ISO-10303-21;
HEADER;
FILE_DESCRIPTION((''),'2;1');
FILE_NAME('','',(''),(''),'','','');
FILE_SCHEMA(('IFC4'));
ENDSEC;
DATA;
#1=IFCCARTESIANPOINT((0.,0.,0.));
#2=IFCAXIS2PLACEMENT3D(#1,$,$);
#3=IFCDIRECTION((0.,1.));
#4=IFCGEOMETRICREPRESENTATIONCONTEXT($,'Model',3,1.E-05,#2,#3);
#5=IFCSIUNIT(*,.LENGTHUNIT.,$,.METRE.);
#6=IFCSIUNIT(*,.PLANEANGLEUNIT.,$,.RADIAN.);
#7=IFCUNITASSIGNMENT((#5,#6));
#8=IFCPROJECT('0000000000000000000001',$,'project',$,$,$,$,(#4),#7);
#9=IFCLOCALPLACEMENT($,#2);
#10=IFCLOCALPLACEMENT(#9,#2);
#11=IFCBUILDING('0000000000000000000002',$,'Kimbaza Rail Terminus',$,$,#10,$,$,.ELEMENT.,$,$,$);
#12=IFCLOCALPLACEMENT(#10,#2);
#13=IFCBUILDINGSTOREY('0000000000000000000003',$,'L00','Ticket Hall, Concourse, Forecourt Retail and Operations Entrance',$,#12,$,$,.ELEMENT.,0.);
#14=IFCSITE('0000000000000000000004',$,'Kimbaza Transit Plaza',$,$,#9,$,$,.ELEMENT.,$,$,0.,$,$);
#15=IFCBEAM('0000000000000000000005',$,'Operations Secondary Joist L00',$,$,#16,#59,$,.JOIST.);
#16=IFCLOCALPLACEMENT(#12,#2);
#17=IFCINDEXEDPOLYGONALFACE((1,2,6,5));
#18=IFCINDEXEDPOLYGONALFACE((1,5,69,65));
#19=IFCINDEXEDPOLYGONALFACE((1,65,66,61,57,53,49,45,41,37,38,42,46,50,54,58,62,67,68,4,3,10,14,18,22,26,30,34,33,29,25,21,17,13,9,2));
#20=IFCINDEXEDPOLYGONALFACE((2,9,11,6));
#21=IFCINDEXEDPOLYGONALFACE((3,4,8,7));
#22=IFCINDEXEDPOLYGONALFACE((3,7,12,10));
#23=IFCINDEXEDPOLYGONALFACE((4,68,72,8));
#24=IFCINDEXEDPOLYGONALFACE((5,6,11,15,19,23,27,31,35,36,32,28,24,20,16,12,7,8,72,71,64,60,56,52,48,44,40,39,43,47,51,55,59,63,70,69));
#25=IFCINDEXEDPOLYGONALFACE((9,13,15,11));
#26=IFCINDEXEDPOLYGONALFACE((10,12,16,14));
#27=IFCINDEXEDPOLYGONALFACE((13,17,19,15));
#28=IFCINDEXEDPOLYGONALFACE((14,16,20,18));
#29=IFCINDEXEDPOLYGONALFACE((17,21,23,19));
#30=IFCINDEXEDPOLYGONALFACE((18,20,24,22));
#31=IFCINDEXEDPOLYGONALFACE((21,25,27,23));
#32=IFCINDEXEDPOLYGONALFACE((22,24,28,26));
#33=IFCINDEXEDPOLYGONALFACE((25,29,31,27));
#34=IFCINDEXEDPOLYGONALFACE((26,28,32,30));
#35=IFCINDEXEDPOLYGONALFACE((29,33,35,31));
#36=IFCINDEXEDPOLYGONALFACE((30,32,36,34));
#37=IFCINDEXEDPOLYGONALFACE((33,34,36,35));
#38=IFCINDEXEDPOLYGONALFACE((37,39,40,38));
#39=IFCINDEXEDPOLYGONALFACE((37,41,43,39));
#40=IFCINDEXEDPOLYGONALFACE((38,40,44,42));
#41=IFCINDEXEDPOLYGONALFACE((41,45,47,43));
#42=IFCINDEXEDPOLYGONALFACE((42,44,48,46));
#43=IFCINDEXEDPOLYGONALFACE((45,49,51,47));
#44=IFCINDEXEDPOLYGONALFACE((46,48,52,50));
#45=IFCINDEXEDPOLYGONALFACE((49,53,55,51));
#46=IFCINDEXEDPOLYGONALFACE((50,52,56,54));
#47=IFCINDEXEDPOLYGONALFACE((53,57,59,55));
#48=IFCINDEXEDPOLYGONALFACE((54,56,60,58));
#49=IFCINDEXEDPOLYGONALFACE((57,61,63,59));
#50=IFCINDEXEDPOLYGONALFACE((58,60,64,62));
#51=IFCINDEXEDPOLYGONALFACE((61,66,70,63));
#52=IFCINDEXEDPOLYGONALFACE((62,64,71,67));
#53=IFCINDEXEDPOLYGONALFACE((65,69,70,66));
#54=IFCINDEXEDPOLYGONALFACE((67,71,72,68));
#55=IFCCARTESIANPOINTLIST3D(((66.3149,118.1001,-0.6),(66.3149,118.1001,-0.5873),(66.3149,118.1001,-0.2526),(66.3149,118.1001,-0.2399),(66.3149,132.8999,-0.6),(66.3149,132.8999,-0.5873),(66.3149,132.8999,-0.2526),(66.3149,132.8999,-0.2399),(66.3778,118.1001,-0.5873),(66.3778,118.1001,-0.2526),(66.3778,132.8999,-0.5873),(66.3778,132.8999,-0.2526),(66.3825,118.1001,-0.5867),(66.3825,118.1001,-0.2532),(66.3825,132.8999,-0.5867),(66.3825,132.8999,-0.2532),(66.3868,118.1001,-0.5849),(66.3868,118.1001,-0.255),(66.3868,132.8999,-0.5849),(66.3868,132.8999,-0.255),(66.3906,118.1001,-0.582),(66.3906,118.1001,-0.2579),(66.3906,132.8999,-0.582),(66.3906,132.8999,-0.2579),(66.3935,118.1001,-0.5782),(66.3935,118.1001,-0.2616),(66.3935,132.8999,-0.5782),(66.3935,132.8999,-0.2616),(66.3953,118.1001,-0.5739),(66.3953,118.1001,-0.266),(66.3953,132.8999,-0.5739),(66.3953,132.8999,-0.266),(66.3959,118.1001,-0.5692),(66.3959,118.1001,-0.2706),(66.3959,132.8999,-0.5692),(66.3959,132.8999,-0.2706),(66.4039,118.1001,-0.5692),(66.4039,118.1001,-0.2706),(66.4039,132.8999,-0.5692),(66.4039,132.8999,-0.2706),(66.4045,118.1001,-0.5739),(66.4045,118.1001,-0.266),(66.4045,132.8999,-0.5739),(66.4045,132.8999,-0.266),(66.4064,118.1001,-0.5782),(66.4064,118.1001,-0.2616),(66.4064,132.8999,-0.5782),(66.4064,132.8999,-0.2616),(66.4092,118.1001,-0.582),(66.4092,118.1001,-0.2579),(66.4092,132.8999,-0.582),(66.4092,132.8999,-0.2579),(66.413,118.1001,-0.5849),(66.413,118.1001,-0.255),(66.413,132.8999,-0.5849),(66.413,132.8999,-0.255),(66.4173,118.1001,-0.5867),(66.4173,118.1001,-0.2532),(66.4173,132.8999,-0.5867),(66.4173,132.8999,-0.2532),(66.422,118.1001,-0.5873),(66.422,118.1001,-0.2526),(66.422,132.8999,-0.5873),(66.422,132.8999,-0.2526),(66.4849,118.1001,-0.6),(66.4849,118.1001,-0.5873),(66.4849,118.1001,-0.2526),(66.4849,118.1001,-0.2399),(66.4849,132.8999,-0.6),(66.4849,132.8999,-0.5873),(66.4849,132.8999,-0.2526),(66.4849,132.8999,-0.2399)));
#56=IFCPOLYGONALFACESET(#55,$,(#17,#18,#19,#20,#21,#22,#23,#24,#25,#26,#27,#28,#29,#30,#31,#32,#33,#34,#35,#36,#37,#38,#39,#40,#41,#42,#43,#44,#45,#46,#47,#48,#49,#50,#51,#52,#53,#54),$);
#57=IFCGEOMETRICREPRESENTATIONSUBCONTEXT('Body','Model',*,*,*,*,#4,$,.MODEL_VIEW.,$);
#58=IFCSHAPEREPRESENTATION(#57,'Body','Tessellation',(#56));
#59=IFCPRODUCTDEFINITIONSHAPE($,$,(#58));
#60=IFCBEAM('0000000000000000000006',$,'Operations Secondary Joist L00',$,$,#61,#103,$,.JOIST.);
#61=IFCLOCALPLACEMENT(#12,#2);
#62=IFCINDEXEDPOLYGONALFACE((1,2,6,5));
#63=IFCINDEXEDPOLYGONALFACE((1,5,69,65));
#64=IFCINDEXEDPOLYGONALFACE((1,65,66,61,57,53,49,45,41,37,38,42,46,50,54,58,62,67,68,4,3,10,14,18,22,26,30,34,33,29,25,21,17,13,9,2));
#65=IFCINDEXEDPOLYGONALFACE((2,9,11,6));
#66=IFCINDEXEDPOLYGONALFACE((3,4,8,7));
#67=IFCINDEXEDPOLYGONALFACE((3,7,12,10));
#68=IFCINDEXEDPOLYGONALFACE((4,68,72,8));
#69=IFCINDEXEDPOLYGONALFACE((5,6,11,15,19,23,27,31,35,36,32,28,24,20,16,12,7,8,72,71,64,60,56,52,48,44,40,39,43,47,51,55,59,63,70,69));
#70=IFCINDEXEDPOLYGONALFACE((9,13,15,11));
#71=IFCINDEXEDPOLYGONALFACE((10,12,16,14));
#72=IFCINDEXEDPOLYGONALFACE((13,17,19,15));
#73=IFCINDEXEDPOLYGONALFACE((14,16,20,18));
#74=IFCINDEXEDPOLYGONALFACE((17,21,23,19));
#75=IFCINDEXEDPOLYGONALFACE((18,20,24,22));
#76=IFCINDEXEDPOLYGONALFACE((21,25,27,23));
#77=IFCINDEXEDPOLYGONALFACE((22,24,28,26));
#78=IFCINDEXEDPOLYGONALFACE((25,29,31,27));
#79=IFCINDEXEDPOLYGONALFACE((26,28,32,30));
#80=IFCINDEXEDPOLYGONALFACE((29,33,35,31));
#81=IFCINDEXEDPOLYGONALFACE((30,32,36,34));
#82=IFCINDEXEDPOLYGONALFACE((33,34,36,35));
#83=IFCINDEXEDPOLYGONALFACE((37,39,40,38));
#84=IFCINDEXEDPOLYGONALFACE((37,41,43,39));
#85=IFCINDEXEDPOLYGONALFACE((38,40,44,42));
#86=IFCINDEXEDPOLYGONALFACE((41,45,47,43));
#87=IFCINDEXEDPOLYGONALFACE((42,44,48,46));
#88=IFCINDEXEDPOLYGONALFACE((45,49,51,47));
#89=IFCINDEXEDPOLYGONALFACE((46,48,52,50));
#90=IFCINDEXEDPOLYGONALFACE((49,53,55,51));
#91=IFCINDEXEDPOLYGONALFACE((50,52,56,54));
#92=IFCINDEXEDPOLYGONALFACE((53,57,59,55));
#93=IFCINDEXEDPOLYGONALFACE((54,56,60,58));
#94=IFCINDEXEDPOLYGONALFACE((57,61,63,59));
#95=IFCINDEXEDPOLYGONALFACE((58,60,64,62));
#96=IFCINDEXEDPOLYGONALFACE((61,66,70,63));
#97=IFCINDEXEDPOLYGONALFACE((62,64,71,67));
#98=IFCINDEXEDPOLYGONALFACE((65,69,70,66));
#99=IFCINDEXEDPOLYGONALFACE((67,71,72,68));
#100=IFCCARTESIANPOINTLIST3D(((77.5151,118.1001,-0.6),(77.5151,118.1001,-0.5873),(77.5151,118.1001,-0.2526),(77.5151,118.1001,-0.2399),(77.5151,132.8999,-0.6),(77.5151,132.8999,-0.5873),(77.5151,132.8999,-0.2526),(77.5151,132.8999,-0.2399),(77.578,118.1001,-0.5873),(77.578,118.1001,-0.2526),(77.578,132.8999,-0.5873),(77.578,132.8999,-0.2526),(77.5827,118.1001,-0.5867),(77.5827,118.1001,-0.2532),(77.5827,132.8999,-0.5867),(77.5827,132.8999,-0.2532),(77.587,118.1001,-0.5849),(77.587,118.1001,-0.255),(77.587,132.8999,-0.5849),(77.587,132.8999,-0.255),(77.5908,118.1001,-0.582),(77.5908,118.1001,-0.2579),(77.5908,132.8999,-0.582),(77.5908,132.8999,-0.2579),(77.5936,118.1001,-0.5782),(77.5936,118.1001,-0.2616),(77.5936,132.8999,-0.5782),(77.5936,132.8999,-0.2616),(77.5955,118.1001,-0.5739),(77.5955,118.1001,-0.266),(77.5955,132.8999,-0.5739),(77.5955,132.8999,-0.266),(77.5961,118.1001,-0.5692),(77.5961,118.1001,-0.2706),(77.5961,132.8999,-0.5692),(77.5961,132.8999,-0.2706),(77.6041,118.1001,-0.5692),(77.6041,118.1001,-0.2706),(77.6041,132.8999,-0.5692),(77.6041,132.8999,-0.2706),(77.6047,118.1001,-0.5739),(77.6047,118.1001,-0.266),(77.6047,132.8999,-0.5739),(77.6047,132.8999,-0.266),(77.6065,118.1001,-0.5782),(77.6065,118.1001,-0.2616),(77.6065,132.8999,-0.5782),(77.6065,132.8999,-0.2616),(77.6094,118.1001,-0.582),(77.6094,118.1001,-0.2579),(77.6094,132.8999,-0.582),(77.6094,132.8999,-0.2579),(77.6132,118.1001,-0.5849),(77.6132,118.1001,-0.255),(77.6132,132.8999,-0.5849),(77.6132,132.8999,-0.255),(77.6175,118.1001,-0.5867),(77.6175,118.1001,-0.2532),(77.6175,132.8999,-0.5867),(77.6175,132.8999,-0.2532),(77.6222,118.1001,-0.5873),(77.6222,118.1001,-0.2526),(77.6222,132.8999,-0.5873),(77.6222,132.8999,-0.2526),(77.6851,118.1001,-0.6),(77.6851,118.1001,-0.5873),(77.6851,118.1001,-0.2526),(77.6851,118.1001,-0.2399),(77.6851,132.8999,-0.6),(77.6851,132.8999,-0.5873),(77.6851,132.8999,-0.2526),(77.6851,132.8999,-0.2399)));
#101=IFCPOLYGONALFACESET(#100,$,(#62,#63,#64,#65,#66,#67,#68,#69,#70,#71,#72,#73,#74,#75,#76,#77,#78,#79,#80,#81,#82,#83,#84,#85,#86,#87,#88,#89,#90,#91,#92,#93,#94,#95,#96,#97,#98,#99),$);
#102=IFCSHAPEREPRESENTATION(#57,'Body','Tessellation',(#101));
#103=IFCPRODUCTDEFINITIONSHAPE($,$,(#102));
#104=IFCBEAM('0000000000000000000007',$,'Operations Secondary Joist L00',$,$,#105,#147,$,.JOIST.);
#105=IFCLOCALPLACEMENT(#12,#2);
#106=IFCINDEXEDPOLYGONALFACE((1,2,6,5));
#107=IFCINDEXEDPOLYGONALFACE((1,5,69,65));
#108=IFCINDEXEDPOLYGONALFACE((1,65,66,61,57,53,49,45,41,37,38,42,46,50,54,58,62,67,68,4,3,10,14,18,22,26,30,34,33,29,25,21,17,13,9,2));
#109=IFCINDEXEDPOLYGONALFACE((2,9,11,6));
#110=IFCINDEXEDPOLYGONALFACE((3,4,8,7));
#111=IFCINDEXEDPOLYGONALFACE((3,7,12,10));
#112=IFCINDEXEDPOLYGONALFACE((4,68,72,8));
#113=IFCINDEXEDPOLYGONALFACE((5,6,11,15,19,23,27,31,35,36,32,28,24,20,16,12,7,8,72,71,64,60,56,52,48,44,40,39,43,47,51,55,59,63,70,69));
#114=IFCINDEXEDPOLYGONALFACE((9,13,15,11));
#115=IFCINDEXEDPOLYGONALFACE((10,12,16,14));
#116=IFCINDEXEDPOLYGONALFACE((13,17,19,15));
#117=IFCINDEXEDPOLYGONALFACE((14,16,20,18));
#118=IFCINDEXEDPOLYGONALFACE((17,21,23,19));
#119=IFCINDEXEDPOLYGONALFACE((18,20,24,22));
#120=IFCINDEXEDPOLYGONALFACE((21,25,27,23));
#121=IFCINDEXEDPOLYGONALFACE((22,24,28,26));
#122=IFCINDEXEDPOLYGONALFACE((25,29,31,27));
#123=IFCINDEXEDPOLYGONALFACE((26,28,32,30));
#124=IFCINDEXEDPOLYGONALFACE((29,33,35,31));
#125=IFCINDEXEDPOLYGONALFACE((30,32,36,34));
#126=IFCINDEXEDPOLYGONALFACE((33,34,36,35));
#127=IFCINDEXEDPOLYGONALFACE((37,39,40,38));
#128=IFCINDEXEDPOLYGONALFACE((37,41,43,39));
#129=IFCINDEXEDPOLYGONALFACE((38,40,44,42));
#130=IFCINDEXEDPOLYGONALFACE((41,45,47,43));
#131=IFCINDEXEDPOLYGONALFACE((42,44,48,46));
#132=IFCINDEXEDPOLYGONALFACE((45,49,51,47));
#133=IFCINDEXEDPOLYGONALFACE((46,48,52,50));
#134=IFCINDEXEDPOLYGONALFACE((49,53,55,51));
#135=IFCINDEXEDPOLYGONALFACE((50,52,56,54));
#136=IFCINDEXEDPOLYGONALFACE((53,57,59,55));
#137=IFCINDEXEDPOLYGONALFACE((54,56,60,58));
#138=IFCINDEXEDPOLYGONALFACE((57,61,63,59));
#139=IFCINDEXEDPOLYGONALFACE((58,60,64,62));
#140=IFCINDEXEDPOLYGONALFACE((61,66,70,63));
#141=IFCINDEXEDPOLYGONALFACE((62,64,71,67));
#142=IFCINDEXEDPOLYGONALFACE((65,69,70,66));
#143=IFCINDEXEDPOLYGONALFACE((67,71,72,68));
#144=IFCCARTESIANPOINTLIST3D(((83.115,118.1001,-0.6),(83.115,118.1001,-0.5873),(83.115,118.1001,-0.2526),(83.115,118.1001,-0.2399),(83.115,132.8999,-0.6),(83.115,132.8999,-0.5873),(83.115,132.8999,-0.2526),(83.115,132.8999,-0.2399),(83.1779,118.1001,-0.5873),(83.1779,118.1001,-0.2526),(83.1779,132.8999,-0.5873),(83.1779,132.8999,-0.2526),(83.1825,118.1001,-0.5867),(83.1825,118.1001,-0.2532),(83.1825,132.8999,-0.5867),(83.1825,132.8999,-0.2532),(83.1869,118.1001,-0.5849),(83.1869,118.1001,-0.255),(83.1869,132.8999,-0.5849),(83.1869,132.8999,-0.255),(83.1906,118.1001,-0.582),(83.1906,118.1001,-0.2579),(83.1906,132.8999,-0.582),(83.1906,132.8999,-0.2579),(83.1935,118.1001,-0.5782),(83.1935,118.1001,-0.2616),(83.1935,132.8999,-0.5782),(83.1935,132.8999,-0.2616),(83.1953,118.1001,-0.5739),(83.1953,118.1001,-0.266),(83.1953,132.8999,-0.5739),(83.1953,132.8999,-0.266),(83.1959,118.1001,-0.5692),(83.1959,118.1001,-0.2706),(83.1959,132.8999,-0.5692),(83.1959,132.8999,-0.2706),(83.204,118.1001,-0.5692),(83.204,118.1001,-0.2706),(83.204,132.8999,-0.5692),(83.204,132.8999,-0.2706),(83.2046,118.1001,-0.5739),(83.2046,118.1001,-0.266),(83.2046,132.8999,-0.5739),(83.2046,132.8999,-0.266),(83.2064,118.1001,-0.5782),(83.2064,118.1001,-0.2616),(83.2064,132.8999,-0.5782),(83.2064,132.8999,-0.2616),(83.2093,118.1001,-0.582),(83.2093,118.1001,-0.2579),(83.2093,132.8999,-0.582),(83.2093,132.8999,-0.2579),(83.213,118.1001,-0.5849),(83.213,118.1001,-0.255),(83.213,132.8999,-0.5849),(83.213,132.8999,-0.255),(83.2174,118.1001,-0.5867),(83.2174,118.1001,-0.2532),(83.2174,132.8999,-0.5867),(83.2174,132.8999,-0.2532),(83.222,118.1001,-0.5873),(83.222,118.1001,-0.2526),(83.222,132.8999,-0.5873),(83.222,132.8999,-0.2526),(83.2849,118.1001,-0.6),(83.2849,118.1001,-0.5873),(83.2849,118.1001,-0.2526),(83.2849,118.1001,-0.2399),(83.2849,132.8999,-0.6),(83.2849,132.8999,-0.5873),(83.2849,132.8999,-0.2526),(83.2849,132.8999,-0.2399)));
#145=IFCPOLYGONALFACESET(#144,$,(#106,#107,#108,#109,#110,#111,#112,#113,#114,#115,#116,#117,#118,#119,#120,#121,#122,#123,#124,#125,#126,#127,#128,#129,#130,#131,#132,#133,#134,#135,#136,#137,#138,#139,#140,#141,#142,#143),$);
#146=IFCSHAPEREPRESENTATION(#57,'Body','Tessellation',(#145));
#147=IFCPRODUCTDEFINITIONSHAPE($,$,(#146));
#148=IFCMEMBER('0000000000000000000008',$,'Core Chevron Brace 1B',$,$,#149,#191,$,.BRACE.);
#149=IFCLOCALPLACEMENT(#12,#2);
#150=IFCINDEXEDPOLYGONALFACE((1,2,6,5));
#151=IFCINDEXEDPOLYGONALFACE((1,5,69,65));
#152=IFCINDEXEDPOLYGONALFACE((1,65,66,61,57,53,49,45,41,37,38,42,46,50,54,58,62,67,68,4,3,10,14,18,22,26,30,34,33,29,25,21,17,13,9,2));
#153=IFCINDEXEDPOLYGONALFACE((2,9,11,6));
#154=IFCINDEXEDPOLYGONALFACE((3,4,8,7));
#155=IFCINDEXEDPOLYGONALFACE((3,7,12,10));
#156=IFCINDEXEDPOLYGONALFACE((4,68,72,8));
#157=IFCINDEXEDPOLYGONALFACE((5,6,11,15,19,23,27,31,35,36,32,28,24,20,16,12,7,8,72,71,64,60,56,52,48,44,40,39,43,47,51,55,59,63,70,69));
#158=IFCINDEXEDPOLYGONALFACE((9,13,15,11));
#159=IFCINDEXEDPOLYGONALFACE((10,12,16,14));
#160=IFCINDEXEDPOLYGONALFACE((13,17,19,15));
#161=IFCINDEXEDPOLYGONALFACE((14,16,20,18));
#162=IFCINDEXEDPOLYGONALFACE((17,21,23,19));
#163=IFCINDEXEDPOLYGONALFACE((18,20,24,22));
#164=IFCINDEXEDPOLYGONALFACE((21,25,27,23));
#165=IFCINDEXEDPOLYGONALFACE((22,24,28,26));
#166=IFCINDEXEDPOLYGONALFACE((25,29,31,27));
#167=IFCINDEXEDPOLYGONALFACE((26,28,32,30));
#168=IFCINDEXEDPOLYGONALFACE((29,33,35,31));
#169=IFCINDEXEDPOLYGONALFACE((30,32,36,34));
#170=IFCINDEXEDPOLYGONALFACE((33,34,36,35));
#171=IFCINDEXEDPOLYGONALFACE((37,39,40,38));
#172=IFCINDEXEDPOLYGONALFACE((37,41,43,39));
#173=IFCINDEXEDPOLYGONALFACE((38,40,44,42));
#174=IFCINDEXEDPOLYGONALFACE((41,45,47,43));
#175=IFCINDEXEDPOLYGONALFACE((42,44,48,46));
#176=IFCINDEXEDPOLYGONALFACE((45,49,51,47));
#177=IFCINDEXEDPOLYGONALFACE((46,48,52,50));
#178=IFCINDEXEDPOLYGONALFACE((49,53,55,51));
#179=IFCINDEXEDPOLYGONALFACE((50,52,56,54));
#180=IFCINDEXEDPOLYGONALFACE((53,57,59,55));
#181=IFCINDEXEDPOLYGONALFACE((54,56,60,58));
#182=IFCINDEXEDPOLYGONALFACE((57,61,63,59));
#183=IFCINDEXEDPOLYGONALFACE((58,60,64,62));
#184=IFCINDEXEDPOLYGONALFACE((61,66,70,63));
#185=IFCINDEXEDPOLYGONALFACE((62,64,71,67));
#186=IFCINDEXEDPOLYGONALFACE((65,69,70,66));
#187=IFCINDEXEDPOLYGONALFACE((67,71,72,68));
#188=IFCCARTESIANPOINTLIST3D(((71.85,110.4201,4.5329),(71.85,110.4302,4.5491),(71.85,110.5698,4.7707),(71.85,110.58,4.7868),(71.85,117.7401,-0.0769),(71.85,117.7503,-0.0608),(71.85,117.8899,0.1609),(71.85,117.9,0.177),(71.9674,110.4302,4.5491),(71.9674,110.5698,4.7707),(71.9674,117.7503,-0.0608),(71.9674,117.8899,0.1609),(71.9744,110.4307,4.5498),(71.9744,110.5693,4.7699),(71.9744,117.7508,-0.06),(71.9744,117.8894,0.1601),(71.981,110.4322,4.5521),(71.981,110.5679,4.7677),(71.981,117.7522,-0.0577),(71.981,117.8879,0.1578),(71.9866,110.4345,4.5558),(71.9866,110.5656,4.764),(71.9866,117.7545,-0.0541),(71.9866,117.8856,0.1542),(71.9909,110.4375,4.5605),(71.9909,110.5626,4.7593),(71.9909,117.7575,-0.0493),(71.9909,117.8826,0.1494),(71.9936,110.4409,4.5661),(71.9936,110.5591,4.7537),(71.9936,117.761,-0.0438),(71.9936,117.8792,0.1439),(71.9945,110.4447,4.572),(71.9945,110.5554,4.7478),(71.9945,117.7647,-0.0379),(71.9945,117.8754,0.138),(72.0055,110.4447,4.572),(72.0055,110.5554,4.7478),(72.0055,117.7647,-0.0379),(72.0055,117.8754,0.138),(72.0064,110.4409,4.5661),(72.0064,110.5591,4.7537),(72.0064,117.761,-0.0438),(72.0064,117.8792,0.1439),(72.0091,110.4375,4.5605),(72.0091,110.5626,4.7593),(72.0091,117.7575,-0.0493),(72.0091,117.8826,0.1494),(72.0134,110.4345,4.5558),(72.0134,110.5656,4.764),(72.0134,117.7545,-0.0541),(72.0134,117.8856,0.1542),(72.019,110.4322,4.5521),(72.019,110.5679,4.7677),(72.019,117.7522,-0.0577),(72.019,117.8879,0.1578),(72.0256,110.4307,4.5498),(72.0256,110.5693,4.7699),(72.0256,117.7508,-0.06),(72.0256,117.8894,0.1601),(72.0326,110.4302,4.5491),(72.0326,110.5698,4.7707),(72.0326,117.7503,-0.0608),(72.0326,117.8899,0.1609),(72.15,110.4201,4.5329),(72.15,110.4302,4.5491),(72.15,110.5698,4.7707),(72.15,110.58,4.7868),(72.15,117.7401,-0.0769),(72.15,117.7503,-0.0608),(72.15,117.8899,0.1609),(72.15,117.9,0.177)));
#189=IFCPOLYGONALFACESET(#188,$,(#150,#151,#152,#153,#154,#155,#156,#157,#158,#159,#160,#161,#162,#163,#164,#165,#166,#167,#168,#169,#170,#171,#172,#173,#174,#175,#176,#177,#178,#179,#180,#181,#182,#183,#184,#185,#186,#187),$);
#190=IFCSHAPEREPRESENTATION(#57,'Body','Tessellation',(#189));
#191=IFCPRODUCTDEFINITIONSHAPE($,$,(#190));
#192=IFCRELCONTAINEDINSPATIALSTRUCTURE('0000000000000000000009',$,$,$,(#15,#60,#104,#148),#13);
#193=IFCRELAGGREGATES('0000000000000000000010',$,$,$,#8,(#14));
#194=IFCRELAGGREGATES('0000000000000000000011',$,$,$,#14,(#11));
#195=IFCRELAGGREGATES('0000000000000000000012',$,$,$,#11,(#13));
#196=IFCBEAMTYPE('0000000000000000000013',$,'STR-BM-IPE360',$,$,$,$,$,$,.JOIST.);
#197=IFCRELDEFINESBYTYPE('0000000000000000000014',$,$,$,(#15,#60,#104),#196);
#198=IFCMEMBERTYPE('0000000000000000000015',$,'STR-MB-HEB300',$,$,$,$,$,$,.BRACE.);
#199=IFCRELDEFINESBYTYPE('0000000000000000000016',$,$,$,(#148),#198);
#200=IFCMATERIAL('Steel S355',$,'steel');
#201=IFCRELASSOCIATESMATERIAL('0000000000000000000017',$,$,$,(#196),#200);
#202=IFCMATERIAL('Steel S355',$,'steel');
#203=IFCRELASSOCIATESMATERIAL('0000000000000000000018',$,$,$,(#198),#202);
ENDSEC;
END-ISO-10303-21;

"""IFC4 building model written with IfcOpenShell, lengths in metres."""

from ifc_helpers import new_model, si_unit, direction, frame, origin, origin_2d, place, context, subcontext, project, spatial, i_section, extrude, material, material_profile, profile_set, type_object, element, save


model = new_model("IFC4")

# Units and contexts
model_context = context("Model", 3, precision=1e-05, world=origin(), true_north=direction((0.0, 1.0)))
body_context = subcontext(model_context, "Body", "Model", "MODEL_VIEW")
ifc_project = project(units=[si_unit("LENGTHUNIT", "METRE"), si_unit("PLANEANGLEUNIT", "RADIAN")], contexts=[model_context])

# Site, building, storey
site_placement = place(None, origin())
site = spatial("IfcSite", under=ifc_project, at=site_placement, Name="Kimbaza Transit Plaza", CompositionType="ELEMENT", RefElevation=0.0)
building_placement = place(site_placement, origin())
building = spatial("IfcBuilding", under=site, at=building_placement, Name="Kimbaza Rail Terminus", CompositionType="ELEMENT")
storey_placement = place(building_placement, origin())
storey = spatial("IfcBuildingStorey", under=building, at=storey_placement, Name="L00", Description="Ticket Hall, Concourse, Forecourt Retail and Operations Entrance", CompositionType="ELEMENT", Elevation=0.0)

# Beams
ifc_material_1 = material(Name="Steel S355", Category="steel")
ifc_material_profile_1 = material_profile(ifc_material_1, i_section(OverallWidth=0.1699, OverallDepth=0.3601, WebThickness=0.0081, FlangeThickness=0.0127, FilletRadius=0.0181, at=origin_2d()), Name="IPE 360")
ifc_profile_set_1 = profile_set([ifc_material_profile_1], Name="Steel S355")
beam_type_1 = type_object("IfcBeamType", Name="STR-BM-IPE360", PredefinedType="JOIST", material=ifc_profile_set_1)
for number, where, z_axis, x_axis, name in (
    (1, (66.3999, 118.1001, -0.4199), (0.0, 1.0, 0.0), (-1.0, 0.0, 0.0), "Operations Secondary Joist L00"),
    (2, (77.6001, 118.1001, -0.4199), (0.0, 1.0, 0.0), (-1.0, 0.0, 0.0), "Operations Secondary Joist L00"),
    (3, (83.2, 118.1001, -0.4199), (0.0, 1.0, 0.0), (-1.0, 0.0, 0.0), "Operations Secondary Joist L00"),
):
    element("IfcBeam", number, at=place(storey_placement, frame(where, z_axis=z_axis, x_axis=x_axis)), inside=storey, type_object=beam_type_1, Name=name, PredefinedType="JOIST", context=body_context, shape_type="SweptSolid", body=[
        extrude(i_section(OverallWidth=0.1699, OverallDepth=0.3601, WebThickness=0.0081, FlangeThickness=0.0127, FilletRadius=0.0181, at=origin_2d()), origin(), (0.0, 0.0, 1.0), 14.7998),
    ])

# Member
ifc_material_2 = material(Name="Steel S355", Category="steel")
ifc_material_profile_2 = material_profile(ifc_material_2, i_section(OverallWidth=0.3, OverallDepth=0.3, WebThickness=0.011, FlangeThickness=0.019, FilletRadius=0.0271, at=origin_2d()), Name="HEB 300")
ifc_profile_set_2 = profile_set([ifc_material_profile_2], Name="Steel S355")
member_type_1 = type_object("IfcMemberType", Name="STR-MB-HEB300", PredefinedType="BRACE", material=ifc_profile_set_2)
member_1_placement = place(storey_placement, frame((72.0, 117.8201, 0.05), z_axis=(0.0, -0.846184, 0.53289), x_axis=(1.0, 0.0, 0.0)))
element("IfcMember", 4, at=member_1_placement, inside=storey, type_object=member_type_1, Name="Core Chevron Brace 1B", PredefinedType="BRACE", context=body_context, shape_type="SweptSolid", body=[
    extrude(i_section(OverallWidth=0.3, OverallDepth=0.3, WebThickness=0.011, FlangeThickness=0.019, FilletRadius=0.0271, at=origin_2d()), origin(), (0.0, 0.0, 1.0), 8.6506),
])

save(model, "model.ifc")
